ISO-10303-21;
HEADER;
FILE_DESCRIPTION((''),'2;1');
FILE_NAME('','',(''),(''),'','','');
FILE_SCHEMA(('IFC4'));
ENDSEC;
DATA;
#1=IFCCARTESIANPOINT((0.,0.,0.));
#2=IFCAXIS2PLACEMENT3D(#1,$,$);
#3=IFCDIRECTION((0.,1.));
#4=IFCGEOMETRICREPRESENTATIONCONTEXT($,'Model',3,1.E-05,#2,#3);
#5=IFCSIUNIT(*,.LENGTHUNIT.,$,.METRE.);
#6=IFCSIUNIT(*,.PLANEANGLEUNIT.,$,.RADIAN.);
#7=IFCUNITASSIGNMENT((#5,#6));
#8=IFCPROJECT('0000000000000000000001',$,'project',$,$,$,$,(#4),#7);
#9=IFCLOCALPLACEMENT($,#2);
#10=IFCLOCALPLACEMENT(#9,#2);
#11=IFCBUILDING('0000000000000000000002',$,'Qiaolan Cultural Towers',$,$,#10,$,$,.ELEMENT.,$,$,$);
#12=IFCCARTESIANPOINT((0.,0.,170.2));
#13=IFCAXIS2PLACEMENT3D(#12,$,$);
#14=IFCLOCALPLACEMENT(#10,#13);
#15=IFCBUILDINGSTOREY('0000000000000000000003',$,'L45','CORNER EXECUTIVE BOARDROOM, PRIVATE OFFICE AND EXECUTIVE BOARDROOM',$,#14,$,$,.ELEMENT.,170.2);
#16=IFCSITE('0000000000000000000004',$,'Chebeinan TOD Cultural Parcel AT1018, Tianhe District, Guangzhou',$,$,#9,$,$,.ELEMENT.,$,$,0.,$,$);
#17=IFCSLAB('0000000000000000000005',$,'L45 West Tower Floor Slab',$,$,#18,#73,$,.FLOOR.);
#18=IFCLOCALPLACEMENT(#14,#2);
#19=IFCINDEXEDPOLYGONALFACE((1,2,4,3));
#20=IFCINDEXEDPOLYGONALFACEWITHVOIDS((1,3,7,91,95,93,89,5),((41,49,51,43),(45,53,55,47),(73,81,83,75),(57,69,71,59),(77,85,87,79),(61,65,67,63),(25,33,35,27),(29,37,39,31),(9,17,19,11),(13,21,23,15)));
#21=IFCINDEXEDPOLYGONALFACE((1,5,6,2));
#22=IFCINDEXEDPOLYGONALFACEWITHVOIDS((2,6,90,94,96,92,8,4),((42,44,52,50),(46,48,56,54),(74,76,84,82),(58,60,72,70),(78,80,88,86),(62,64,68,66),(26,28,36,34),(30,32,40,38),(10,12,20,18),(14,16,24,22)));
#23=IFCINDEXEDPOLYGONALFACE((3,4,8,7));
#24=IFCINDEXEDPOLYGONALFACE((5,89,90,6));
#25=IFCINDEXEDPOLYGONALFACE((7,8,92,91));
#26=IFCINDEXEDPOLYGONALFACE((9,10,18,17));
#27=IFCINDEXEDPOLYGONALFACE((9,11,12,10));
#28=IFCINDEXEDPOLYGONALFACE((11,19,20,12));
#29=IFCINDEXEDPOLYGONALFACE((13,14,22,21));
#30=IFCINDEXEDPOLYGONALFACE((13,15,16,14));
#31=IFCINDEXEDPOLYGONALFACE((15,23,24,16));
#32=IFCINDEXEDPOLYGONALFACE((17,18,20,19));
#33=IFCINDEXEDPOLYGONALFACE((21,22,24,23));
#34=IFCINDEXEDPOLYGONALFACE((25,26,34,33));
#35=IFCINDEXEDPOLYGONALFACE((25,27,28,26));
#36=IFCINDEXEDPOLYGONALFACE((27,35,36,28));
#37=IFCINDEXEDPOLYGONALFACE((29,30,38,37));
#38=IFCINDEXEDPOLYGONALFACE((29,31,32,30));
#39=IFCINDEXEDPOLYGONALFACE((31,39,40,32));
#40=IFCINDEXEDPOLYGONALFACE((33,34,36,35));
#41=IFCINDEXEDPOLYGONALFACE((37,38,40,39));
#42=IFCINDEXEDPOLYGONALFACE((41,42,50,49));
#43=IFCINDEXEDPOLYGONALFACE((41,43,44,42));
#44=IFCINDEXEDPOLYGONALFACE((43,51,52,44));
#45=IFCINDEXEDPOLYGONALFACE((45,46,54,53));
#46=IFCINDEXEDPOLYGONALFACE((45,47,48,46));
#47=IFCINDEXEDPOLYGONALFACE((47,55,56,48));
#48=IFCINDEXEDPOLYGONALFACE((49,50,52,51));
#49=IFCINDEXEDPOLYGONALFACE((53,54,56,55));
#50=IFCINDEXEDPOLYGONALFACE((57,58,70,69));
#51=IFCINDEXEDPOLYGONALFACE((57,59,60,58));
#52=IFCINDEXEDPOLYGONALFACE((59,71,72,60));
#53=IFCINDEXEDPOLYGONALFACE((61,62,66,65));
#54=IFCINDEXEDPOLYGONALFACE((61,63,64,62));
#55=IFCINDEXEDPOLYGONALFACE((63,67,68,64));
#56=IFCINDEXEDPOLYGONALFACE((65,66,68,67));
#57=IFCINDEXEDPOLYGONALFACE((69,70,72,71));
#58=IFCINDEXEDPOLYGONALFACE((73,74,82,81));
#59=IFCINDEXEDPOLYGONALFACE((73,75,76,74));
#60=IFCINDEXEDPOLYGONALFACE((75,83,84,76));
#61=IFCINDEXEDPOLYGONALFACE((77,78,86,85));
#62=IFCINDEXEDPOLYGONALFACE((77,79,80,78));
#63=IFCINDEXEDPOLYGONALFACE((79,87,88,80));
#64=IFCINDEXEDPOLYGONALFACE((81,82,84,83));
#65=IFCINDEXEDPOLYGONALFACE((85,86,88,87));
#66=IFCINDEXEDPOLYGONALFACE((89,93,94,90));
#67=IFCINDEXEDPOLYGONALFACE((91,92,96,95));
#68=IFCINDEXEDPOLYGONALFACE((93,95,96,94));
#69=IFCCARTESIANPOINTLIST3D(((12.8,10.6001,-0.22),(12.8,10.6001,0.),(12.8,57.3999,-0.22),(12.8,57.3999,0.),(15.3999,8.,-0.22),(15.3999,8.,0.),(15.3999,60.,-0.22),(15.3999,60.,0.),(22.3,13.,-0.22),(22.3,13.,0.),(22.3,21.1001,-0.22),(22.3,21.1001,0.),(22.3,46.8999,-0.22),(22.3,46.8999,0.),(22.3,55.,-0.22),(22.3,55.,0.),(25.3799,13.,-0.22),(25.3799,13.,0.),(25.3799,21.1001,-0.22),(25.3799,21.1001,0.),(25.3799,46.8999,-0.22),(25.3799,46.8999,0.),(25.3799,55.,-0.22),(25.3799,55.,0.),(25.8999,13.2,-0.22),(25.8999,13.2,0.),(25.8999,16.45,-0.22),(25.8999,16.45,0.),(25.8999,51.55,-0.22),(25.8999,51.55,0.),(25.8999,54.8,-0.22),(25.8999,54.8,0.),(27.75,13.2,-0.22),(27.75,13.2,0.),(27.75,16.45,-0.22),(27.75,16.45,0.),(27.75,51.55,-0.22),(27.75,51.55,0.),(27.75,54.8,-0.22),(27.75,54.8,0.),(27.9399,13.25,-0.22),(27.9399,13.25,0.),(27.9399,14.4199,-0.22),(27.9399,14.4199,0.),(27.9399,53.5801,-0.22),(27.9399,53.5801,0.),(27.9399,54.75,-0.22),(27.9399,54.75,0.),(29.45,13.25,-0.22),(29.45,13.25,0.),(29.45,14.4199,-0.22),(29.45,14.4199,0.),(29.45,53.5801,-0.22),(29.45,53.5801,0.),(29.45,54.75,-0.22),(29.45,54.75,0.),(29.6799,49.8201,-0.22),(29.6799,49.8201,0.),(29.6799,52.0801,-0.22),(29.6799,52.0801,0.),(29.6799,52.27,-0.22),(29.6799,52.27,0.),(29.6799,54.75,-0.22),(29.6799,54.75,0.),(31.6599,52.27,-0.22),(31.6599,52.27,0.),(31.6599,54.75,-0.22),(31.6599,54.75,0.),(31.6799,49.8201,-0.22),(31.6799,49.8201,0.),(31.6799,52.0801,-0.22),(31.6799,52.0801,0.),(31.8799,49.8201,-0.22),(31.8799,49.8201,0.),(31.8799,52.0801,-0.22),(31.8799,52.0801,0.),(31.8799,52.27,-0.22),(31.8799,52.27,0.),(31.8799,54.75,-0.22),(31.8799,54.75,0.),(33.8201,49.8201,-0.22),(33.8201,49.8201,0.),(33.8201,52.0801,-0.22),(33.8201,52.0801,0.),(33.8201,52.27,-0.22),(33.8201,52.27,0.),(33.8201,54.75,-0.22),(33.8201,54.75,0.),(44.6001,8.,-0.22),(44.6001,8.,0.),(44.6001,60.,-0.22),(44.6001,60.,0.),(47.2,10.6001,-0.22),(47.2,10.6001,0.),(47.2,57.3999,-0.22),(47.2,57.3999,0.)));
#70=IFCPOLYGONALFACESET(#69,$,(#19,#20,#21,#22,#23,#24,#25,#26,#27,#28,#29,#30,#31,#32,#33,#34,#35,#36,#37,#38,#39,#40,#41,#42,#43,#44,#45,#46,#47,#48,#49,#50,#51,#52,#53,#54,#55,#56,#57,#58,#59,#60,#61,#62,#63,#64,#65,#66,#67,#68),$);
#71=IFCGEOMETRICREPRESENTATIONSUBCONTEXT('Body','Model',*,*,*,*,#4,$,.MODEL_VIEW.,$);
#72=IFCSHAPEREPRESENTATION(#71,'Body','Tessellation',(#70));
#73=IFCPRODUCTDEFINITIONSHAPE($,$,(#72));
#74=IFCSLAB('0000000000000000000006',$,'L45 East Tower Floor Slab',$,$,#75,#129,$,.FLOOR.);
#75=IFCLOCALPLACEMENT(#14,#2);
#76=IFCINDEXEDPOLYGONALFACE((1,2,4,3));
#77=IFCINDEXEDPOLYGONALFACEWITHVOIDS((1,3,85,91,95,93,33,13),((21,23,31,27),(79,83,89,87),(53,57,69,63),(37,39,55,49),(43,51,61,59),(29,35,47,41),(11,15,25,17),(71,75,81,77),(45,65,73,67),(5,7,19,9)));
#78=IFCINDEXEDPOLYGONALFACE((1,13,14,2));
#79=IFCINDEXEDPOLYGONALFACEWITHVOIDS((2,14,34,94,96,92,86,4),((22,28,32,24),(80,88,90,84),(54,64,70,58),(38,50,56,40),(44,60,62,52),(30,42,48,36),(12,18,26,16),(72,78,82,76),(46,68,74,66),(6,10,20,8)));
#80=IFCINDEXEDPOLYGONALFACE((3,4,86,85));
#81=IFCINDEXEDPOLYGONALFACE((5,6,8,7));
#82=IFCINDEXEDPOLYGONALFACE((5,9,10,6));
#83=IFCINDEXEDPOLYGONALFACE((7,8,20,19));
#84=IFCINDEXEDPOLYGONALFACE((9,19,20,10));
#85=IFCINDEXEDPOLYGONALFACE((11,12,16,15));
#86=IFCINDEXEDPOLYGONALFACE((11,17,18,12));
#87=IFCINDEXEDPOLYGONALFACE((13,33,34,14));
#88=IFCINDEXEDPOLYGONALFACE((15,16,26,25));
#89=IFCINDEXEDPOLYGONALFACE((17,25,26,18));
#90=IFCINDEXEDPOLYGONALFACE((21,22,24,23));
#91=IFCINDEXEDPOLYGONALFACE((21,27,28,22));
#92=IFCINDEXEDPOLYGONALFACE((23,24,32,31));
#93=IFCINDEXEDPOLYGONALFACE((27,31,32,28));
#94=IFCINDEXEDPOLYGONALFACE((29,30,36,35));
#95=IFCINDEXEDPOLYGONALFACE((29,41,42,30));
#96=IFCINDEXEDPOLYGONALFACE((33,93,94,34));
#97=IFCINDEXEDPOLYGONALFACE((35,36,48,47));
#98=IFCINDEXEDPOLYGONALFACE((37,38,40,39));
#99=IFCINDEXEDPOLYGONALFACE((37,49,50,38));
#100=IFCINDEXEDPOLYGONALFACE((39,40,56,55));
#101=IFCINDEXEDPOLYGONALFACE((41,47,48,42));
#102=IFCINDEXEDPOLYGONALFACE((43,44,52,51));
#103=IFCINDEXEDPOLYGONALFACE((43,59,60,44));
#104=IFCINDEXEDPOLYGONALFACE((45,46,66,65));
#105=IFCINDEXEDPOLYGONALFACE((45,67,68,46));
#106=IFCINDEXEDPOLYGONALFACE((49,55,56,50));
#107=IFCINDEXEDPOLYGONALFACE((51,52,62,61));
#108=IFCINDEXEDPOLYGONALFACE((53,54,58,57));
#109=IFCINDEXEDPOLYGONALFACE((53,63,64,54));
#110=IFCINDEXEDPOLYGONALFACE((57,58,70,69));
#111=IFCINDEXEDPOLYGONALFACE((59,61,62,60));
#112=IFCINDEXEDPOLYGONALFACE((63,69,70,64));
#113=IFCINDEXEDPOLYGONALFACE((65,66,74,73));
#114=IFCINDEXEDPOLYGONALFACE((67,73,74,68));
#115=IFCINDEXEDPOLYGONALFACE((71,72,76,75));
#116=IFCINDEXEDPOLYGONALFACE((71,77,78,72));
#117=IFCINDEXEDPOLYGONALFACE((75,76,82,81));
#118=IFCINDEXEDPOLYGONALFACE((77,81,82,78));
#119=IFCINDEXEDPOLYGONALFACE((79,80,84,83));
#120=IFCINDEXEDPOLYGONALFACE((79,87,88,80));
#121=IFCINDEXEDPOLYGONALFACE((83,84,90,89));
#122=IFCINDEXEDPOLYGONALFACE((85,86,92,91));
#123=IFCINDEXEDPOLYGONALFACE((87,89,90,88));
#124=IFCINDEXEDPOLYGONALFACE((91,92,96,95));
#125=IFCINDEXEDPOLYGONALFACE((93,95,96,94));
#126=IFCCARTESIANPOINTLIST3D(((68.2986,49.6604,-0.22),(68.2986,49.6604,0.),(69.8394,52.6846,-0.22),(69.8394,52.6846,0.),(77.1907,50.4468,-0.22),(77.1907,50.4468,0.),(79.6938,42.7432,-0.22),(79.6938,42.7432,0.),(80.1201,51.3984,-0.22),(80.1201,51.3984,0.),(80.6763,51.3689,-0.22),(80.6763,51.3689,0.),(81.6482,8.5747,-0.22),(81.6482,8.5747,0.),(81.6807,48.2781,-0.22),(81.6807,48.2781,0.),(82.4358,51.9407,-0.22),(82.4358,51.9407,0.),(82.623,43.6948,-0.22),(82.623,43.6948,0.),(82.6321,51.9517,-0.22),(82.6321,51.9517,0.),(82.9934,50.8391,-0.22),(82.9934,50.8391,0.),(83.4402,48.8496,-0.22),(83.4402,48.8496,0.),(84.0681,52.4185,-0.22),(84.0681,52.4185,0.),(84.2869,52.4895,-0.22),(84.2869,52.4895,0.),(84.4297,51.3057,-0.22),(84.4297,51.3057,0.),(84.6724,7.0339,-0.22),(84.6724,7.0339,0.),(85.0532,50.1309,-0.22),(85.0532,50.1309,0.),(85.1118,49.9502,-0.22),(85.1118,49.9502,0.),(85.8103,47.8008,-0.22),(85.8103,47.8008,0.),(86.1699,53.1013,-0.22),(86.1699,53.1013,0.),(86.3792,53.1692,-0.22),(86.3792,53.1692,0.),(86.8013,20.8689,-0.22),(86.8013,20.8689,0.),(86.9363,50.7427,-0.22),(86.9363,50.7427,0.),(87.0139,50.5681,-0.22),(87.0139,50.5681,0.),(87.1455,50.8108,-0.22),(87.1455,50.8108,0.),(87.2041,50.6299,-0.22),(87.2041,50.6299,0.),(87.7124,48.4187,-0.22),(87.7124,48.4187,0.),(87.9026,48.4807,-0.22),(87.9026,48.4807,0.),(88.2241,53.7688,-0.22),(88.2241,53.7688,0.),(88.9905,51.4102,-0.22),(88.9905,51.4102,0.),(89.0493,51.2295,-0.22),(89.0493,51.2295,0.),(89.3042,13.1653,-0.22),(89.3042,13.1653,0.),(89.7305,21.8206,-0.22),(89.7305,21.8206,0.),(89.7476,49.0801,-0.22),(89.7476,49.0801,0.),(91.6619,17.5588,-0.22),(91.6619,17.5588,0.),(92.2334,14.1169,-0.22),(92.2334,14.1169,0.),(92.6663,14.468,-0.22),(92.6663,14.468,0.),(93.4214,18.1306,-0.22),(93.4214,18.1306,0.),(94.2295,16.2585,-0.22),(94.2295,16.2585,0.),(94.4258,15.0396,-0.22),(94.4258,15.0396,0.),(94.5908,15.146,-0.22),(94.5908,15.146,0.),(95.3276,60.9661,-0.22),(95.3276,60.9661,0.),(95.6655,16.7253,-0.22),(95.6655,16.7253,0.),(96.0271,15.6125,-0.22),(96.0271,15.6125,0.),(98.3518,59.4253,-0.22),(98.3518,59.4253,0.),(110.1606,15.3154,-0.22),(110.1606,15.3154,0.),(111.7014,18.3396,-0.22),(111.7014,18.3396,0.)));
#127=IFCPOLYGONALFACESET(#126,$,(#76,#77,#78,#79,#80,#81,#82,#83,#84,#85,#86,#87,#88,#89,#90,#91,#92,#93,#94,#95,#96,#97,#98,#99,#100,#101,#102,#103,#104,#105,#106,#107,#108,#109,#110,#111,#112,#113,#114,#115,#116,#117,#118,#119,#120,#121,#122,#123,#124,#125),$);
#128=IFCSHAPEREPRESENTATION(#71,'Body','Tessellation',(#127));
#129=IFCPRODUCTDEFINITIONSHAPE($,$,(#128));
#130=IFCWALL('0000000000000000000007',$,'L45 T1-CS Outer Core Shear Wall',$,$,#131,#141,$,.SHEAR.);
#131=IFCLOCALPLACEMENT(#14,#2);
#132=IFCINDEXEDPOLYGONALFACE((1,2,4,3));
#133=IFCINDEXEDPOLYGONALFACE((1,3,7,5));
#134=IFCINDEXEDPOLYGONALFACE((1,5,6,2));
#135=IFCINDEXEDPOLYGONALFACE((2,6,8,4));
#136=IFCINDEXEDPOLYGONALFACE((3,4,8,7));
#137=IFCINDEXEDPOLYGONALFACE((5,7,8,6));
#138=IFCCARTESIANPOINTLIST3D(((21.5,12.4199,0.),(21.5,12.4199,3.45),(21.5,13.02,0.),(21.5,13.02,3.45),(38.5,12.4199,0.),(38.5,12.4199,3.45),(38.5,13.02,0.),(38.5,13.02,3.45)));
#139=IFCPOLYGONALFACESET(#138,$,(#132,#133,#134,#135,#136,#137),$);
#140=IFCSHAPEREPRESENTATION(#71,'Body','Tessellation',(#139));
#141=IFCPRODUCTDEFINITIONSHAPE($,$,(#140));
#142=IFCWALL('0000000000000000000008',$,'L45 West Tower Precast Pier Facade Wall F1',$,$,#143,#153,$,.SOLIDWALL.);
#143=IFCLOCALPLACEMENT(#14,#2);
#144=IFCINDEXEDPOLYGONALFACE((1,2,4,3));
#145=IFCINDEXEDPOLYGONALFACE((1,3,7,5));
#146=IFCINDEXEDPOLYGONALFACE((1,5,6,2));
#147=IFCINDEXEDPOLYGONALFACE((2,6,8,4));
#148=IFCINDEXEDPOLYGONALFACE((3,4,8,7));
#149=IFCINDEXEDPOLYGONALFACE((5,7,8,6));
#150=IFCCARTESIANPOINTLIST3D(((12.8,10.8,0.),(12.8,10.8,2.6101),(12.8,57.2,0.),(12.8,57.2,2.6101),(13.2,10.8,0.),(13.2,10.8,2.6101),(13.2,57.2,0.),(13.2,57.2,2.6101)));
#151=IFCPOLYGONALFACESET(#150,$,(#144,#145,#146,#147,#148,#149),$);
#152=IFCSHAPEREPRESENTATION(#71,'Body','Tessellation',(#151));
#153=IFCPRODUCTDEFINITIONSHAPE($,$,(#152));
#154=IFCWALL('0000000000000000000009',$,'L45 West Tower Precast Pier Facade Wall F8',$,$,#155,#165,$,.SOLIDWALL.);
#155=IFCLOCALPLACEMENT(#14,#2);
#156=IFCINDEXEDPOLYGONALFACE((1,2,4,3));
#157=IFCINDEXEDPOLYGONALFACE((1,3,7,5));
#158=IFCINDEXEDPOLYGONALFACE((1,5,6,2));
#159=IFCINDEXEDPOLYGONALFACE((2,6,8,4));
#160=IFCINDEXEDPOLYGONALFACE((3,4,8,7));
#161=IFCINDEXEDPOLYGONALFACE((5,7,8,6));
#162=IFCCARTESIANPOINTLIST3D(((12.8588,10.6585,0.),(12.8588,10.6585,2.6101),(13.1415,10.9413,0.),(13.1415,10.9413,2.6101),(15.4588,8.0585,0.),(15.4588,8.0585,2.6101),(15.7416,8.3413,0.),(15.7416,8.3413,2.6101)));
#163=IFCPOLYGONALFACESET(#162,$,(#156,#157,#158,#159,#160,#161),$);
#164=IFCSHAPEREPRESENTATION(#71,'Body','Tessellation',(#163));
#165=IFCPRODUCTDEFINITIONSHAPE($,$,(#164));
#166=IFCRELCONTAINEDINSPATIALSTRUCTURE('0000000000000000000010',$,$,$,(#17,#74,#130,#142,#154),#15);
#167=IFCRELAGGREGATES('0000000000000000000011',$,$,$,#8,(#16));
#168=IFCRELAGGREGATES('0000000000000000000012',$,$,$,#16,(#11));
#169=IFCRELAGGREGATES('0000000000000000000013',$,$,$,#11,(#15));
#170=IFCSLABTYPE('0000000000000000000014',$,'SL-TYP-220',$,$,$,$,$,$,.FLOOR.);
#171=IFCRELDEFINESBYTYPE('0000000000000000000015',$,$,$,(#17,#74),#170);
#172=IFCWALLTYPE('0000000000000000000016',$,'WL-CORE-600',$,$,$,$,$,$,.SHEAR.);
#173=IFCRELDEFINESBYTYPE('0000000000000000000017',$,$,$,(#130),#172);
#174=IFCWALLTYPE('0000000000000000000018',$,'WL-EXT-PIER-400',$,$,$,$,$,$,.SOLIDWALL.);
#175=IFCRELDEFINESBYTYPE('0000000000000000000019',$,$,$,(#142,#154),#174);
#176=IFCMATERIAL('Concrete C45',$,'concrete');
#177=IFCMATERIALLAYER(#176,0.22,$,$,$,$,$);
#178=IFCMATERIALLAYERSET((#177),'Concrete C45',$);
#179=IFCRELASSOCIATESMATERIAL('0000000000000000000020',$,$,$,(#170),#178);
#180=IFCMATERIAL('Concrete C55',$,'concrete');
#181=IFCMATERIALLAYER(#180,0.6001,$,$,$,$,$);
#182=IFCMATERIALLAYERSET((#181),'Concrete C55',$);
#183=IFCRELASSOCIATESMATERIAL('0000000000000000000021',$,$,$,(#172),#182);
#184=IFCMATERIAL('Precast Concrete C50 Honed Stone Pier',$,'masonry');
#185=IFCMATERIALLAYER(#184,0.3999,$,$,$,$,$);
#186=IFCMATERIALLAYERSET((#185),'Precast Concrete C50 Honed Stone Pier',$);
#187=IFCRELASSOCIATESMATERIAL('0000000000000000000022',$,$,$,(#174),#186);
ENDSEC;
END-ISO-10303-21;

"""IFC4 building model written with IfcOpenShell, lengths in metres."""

from ifc_helpers import new_model, si_unit, direction, frame, frame_2d, origin, place, context, subcontext, project, spatial, polyline, rectangle, outline, extrude, material, layer, layer_set, type_object, element, save


model = new_model("IFC4")

# Units and contexts
model_context = context("Model", 3, precision=1e-05, world=origin(), true_north=direction((0.0, 1.0)))
body_context = subcontext(model_context, "Body", "Model", "MODEL_VIEW")
ifc_project = project(units=[si_unit("LENGTHUNIT", "METRE"), si_unit("PLANEANGLEUNIT", "RADIAN")], contexts=[model_context])

# Site, building, storey
site_placement = place(None, origin())
site = spatial("IfcSite", under=ifc_project, at=site_placement, Name="Chebeinan TOD Cultural Parcel AT1018, Tianhe District, Guangzhou", CompositionType="ELEMENT", RefElevation=0.0)
building_placement = place(site_placement, origin())
building = spatial("IfcBuilding", under=site, at=building_placement, Name="Qiaolan Cultural Towers", CompositionType="ELEMENT")
storey_placement = place(building_placement, frame((0.0, 0.0, 170.2)))
storey = spatial("IfcBuildingStorey", under=building, at=storey_placement, Name="L45", Description="CORNER EXECUTIVE BOARDROOM, PRIVATE OFFICE AND EXECUTIVE BOARDROOM", CompositionType="ELEMENT", Elevation=170.2)

# Slabs
ifc_material_1 = material(Name="Concrete C45", Category="concrete")
ifc_layer_1 = layer(ifc_material_1, 0.22)
ifc_layer_set_1 = layer_set([ifc_layer_1], Name="Concrete C45")
slab_type_1 = type_object("IfcSlabType", Name="SL-TYP-220", PredefinedType="FLOOR", material=ifc_layer_set_1)
slab_1_placement = place(storey_placement, frame((0.0, 0.0, -0.22)))
element("IfcSlab", 1, at=slab_1_placement, inside=storey, type_object=slab_type_1, Name="L45 West Tower Floor Slab", PredefinedType="FLOOR", context=body_context, shape_type="SweptSolid", body=[
    extrude(outline(polyline([(15.3999, 8.0), (44.6001, 8.0), (47.2, 10.6001), (47.2, 57.3999), (44.6001, 60.0), (15.3999, 60.0), (12.8, 57.3999), (12.8, 10.6001), (15.3999, 8.0)]), holes=[polyline([(22.3, 21.1001), (22.3, 13.0), (25.3799, 13.0), (25.3799, 21.1001), (22.3, 21.1001)]), polyline([(25.3799, 46.8999), (25.3799, 55.0), (22.3, 55.0), (22.3, 46.8999), (25.3799, 46.8999)]), polyline([(25.8999, 13.2), (27.75, 13.2), (27.75, 16.45), (25.8999, 16.45), (25.8999, 13.2)]), polyline([(27.9399, 13.25), (29.45, 13.25), (29.45, 14.4199), (27.9399, 14.4199), (27.9399, 13.25)]), polyline([(25.8999, 51.55), (27.75, 51.55), (27.75, 54.8), (25.8999, 54.8), (25.8999, 51.55)]), polyline([(27.9399, 53.5801), (29.45, 53.5801), (29.45, 54.75), (27.9399, 54.75), (27.9399, 53.5801)]), polyline([(29.6799, 49.8201), (31.6799, 49.8201), (31.6799, 52.0801), (29.6799, 52.0801), (29.6799, 49.8201)]), polyline([(31.8799, 49.8201), (33.8201, 49.8201), (33.8201, 52.0801), (31.8799, 52.0801), (31.8799, 49.8201)]), polyline([(29.6799, 52.27), (31.6599, 52.27), (31.6599, 54.75), (29.6799, 54.75), (29.6799, 52.27)]), polyline([(31.8799, 52.27), (33.8201, 52.27), (33.8201, 54.75), (31.8799, 54.75), (31.8799, 52.27)])]), origin(), (0.0, 0.0, 1.0), 0.22),
])
slab_2_placement = place(storey_placement, frame((0.0, 0.0, -0.22)))
element("IfcSlab", 2, at=slab_2_placement, inside=storey, type_object=slab_type_1, Name="L45 East Tower Floor Slab", PredefinedType="FLOOR", context=body_context, shape_type="SweptSolid", body=[
    extrude(outline(polyline([(84.6724, 7.0339), (110.1606, 15.3154), (111.7014, 18.3396), (98.3518, 59.4253), (95.3276, 60.9661), (69.8394, 52.6846), (68.2986, 49.6604), (81.6482, 8.5747), (84.6724, 7.0339)]), holes=[polyline([(86.8013, 20.8689), (89.3042, 13.1653), (92.2334, 14.1169), (89.7305, 21.8206), (86.8013, 20.8689)]), polyline([(82.623, 43.6948), (80.1201, 51.3984), (77.1907, 50.4468), (79.6938, 42.7432), (82.623, 43.6948)]), polyline([(92.6663, 14.468), (94.4258, 15.0396), (93.4214, 18.1306), (91.6619, 17.5588), (92.6663, 14.468)]), polyline([(94.5908, 15.146), (96.0271, 15.6125), (95.6655, 16.7253), (94.2295, 16.2585), (94.5908, 15.146)]), polyline([(81.6807, 48.2781), (83.4402, 48.8496), (82.4358, 51.9407), (80.6763, 51.3689), (81.6807, 48.2781)]), polyline([(82.9934, 50.8391), (84.4297, 51.3057), (84.0681, 52.4185), (82.6321, 51.9517), (82.9934, 50.8391)]), polyline([(85.8103, 47.8008), (87.7124, 48.4187), (87.0139, 50.5681), (85.1118, 49.9502), (85.8103, 47.8008)]), polyline([(87.9026, 48.4807), (89.7476, 49.0801), (89.0493, 51.2295), (87.2041, 50.6299), (87.9026, 48.4807)]), polyline([(85.0532, 50.1309), (86.9363, 50.7427), (86.1699, 53.1013), (84.2869, 52.4895), (85.0532, 50.1309)]), polyline([(87.1455, 50.8108), (88.9905, 51.4102), (88.2241, 53.7688), (86.3792, 53.1692), (87.1455, 50.8108)])]), origin(), (0.0, 0.0, 1.0), 0.22),
])

# Walls
ifc_material_2 = material(Name="Concrete C55", Category="concrete")
ifc_layer_2 = layer(ifc_material_2, 0.6001)
ifc_layer_set_2 = layer_set([ifc_layer_2], Name="Concrete C55")
wall_type_1 = type_object("IfcWallType", Name="WL-CORE-600", PredefinedType="SHEAR", material=ifc_layer_set_2)
wall_1_placement = place(storey_placement, frame((21.5, 12.72, 0.0), z_axis=(0.0, 0.0, 1.0), x_axis=(1.0, 0.0, 0.0)))
element("IfcWall", 3, at=wall_1_placement, inside=storey, type_object=wall_type_1, Name="L45 T1-CS Outer Core Shear Wall", PredefinedType="SHEAR", context=body_context, shape_type="SweptSolid", body=[
    extrude(rectangle(XDim=17.0, YDim=0.6001, at=frame_2d((8.5, 0.0))), origin(), (0.0, 0.0, 1.0), 3.45),
])
ifc_material_3 = material(Name="Precast Concrete C50 Honed Stone Pier", Category="masonry")
ifc_layer_3 = layer(ifc_material_3, 0.3999)
ifc_layer_set_3 = layer_set([ifc_layer_3], Name="Precast Concrete C50 Honed Stone Pier")
wall_type_2 = type_object("IfcWallType", Name="WL-EXT-PIER-400", PredefinedType="SOLIDWALL", material=ifc_layer_set_3)
wall_2_placement = place(storey_placement, frame((13.0, 10.8, 0.0), z_axis=(0.0, 0.0, 1.0), x_axis=(0.0, 1.0, 0.0)))
element("IfcWall", 4, at=wall_2_placement, inside=storey, type_object=wall_type_2, Name="L45 West Tower Precast Pier Facade Wall F1", PredefinedType="SOLIDWALL", context=body_context, shape_type="SweptSolid", body=[
    extrude(rectangle(XDim=46.3999, YDim=0.3999, at=frame_2d((23.2, 0.0))), origin(), (0.0, 0.0, 1.0), 2.6101),
])
wall_3_placement = place(storey_placement, frame((15.6001, 8.2, 0.0), z_axis=(0.0, 0.0, 1.0), x_axis=(-0.707107, 0.707107, 0.0)))
element("IfcWall", 5, at=wall_3_placement, inside=storey, type_object=wall_type_2, Name="L45 West Tower Precast Pier Facade Wall F8", PredefinedType="SOLIDWALL", context=body_context, shape_type="SweptSolid", body=[
    extrude(rectangle(XDim=3.677, YDim=0.3999, at=frame_2d((1.8384, 0.0))), origin(), (0.0, 0.0, 1.0), 2.6101),
])

save(model, "model.ifc")
